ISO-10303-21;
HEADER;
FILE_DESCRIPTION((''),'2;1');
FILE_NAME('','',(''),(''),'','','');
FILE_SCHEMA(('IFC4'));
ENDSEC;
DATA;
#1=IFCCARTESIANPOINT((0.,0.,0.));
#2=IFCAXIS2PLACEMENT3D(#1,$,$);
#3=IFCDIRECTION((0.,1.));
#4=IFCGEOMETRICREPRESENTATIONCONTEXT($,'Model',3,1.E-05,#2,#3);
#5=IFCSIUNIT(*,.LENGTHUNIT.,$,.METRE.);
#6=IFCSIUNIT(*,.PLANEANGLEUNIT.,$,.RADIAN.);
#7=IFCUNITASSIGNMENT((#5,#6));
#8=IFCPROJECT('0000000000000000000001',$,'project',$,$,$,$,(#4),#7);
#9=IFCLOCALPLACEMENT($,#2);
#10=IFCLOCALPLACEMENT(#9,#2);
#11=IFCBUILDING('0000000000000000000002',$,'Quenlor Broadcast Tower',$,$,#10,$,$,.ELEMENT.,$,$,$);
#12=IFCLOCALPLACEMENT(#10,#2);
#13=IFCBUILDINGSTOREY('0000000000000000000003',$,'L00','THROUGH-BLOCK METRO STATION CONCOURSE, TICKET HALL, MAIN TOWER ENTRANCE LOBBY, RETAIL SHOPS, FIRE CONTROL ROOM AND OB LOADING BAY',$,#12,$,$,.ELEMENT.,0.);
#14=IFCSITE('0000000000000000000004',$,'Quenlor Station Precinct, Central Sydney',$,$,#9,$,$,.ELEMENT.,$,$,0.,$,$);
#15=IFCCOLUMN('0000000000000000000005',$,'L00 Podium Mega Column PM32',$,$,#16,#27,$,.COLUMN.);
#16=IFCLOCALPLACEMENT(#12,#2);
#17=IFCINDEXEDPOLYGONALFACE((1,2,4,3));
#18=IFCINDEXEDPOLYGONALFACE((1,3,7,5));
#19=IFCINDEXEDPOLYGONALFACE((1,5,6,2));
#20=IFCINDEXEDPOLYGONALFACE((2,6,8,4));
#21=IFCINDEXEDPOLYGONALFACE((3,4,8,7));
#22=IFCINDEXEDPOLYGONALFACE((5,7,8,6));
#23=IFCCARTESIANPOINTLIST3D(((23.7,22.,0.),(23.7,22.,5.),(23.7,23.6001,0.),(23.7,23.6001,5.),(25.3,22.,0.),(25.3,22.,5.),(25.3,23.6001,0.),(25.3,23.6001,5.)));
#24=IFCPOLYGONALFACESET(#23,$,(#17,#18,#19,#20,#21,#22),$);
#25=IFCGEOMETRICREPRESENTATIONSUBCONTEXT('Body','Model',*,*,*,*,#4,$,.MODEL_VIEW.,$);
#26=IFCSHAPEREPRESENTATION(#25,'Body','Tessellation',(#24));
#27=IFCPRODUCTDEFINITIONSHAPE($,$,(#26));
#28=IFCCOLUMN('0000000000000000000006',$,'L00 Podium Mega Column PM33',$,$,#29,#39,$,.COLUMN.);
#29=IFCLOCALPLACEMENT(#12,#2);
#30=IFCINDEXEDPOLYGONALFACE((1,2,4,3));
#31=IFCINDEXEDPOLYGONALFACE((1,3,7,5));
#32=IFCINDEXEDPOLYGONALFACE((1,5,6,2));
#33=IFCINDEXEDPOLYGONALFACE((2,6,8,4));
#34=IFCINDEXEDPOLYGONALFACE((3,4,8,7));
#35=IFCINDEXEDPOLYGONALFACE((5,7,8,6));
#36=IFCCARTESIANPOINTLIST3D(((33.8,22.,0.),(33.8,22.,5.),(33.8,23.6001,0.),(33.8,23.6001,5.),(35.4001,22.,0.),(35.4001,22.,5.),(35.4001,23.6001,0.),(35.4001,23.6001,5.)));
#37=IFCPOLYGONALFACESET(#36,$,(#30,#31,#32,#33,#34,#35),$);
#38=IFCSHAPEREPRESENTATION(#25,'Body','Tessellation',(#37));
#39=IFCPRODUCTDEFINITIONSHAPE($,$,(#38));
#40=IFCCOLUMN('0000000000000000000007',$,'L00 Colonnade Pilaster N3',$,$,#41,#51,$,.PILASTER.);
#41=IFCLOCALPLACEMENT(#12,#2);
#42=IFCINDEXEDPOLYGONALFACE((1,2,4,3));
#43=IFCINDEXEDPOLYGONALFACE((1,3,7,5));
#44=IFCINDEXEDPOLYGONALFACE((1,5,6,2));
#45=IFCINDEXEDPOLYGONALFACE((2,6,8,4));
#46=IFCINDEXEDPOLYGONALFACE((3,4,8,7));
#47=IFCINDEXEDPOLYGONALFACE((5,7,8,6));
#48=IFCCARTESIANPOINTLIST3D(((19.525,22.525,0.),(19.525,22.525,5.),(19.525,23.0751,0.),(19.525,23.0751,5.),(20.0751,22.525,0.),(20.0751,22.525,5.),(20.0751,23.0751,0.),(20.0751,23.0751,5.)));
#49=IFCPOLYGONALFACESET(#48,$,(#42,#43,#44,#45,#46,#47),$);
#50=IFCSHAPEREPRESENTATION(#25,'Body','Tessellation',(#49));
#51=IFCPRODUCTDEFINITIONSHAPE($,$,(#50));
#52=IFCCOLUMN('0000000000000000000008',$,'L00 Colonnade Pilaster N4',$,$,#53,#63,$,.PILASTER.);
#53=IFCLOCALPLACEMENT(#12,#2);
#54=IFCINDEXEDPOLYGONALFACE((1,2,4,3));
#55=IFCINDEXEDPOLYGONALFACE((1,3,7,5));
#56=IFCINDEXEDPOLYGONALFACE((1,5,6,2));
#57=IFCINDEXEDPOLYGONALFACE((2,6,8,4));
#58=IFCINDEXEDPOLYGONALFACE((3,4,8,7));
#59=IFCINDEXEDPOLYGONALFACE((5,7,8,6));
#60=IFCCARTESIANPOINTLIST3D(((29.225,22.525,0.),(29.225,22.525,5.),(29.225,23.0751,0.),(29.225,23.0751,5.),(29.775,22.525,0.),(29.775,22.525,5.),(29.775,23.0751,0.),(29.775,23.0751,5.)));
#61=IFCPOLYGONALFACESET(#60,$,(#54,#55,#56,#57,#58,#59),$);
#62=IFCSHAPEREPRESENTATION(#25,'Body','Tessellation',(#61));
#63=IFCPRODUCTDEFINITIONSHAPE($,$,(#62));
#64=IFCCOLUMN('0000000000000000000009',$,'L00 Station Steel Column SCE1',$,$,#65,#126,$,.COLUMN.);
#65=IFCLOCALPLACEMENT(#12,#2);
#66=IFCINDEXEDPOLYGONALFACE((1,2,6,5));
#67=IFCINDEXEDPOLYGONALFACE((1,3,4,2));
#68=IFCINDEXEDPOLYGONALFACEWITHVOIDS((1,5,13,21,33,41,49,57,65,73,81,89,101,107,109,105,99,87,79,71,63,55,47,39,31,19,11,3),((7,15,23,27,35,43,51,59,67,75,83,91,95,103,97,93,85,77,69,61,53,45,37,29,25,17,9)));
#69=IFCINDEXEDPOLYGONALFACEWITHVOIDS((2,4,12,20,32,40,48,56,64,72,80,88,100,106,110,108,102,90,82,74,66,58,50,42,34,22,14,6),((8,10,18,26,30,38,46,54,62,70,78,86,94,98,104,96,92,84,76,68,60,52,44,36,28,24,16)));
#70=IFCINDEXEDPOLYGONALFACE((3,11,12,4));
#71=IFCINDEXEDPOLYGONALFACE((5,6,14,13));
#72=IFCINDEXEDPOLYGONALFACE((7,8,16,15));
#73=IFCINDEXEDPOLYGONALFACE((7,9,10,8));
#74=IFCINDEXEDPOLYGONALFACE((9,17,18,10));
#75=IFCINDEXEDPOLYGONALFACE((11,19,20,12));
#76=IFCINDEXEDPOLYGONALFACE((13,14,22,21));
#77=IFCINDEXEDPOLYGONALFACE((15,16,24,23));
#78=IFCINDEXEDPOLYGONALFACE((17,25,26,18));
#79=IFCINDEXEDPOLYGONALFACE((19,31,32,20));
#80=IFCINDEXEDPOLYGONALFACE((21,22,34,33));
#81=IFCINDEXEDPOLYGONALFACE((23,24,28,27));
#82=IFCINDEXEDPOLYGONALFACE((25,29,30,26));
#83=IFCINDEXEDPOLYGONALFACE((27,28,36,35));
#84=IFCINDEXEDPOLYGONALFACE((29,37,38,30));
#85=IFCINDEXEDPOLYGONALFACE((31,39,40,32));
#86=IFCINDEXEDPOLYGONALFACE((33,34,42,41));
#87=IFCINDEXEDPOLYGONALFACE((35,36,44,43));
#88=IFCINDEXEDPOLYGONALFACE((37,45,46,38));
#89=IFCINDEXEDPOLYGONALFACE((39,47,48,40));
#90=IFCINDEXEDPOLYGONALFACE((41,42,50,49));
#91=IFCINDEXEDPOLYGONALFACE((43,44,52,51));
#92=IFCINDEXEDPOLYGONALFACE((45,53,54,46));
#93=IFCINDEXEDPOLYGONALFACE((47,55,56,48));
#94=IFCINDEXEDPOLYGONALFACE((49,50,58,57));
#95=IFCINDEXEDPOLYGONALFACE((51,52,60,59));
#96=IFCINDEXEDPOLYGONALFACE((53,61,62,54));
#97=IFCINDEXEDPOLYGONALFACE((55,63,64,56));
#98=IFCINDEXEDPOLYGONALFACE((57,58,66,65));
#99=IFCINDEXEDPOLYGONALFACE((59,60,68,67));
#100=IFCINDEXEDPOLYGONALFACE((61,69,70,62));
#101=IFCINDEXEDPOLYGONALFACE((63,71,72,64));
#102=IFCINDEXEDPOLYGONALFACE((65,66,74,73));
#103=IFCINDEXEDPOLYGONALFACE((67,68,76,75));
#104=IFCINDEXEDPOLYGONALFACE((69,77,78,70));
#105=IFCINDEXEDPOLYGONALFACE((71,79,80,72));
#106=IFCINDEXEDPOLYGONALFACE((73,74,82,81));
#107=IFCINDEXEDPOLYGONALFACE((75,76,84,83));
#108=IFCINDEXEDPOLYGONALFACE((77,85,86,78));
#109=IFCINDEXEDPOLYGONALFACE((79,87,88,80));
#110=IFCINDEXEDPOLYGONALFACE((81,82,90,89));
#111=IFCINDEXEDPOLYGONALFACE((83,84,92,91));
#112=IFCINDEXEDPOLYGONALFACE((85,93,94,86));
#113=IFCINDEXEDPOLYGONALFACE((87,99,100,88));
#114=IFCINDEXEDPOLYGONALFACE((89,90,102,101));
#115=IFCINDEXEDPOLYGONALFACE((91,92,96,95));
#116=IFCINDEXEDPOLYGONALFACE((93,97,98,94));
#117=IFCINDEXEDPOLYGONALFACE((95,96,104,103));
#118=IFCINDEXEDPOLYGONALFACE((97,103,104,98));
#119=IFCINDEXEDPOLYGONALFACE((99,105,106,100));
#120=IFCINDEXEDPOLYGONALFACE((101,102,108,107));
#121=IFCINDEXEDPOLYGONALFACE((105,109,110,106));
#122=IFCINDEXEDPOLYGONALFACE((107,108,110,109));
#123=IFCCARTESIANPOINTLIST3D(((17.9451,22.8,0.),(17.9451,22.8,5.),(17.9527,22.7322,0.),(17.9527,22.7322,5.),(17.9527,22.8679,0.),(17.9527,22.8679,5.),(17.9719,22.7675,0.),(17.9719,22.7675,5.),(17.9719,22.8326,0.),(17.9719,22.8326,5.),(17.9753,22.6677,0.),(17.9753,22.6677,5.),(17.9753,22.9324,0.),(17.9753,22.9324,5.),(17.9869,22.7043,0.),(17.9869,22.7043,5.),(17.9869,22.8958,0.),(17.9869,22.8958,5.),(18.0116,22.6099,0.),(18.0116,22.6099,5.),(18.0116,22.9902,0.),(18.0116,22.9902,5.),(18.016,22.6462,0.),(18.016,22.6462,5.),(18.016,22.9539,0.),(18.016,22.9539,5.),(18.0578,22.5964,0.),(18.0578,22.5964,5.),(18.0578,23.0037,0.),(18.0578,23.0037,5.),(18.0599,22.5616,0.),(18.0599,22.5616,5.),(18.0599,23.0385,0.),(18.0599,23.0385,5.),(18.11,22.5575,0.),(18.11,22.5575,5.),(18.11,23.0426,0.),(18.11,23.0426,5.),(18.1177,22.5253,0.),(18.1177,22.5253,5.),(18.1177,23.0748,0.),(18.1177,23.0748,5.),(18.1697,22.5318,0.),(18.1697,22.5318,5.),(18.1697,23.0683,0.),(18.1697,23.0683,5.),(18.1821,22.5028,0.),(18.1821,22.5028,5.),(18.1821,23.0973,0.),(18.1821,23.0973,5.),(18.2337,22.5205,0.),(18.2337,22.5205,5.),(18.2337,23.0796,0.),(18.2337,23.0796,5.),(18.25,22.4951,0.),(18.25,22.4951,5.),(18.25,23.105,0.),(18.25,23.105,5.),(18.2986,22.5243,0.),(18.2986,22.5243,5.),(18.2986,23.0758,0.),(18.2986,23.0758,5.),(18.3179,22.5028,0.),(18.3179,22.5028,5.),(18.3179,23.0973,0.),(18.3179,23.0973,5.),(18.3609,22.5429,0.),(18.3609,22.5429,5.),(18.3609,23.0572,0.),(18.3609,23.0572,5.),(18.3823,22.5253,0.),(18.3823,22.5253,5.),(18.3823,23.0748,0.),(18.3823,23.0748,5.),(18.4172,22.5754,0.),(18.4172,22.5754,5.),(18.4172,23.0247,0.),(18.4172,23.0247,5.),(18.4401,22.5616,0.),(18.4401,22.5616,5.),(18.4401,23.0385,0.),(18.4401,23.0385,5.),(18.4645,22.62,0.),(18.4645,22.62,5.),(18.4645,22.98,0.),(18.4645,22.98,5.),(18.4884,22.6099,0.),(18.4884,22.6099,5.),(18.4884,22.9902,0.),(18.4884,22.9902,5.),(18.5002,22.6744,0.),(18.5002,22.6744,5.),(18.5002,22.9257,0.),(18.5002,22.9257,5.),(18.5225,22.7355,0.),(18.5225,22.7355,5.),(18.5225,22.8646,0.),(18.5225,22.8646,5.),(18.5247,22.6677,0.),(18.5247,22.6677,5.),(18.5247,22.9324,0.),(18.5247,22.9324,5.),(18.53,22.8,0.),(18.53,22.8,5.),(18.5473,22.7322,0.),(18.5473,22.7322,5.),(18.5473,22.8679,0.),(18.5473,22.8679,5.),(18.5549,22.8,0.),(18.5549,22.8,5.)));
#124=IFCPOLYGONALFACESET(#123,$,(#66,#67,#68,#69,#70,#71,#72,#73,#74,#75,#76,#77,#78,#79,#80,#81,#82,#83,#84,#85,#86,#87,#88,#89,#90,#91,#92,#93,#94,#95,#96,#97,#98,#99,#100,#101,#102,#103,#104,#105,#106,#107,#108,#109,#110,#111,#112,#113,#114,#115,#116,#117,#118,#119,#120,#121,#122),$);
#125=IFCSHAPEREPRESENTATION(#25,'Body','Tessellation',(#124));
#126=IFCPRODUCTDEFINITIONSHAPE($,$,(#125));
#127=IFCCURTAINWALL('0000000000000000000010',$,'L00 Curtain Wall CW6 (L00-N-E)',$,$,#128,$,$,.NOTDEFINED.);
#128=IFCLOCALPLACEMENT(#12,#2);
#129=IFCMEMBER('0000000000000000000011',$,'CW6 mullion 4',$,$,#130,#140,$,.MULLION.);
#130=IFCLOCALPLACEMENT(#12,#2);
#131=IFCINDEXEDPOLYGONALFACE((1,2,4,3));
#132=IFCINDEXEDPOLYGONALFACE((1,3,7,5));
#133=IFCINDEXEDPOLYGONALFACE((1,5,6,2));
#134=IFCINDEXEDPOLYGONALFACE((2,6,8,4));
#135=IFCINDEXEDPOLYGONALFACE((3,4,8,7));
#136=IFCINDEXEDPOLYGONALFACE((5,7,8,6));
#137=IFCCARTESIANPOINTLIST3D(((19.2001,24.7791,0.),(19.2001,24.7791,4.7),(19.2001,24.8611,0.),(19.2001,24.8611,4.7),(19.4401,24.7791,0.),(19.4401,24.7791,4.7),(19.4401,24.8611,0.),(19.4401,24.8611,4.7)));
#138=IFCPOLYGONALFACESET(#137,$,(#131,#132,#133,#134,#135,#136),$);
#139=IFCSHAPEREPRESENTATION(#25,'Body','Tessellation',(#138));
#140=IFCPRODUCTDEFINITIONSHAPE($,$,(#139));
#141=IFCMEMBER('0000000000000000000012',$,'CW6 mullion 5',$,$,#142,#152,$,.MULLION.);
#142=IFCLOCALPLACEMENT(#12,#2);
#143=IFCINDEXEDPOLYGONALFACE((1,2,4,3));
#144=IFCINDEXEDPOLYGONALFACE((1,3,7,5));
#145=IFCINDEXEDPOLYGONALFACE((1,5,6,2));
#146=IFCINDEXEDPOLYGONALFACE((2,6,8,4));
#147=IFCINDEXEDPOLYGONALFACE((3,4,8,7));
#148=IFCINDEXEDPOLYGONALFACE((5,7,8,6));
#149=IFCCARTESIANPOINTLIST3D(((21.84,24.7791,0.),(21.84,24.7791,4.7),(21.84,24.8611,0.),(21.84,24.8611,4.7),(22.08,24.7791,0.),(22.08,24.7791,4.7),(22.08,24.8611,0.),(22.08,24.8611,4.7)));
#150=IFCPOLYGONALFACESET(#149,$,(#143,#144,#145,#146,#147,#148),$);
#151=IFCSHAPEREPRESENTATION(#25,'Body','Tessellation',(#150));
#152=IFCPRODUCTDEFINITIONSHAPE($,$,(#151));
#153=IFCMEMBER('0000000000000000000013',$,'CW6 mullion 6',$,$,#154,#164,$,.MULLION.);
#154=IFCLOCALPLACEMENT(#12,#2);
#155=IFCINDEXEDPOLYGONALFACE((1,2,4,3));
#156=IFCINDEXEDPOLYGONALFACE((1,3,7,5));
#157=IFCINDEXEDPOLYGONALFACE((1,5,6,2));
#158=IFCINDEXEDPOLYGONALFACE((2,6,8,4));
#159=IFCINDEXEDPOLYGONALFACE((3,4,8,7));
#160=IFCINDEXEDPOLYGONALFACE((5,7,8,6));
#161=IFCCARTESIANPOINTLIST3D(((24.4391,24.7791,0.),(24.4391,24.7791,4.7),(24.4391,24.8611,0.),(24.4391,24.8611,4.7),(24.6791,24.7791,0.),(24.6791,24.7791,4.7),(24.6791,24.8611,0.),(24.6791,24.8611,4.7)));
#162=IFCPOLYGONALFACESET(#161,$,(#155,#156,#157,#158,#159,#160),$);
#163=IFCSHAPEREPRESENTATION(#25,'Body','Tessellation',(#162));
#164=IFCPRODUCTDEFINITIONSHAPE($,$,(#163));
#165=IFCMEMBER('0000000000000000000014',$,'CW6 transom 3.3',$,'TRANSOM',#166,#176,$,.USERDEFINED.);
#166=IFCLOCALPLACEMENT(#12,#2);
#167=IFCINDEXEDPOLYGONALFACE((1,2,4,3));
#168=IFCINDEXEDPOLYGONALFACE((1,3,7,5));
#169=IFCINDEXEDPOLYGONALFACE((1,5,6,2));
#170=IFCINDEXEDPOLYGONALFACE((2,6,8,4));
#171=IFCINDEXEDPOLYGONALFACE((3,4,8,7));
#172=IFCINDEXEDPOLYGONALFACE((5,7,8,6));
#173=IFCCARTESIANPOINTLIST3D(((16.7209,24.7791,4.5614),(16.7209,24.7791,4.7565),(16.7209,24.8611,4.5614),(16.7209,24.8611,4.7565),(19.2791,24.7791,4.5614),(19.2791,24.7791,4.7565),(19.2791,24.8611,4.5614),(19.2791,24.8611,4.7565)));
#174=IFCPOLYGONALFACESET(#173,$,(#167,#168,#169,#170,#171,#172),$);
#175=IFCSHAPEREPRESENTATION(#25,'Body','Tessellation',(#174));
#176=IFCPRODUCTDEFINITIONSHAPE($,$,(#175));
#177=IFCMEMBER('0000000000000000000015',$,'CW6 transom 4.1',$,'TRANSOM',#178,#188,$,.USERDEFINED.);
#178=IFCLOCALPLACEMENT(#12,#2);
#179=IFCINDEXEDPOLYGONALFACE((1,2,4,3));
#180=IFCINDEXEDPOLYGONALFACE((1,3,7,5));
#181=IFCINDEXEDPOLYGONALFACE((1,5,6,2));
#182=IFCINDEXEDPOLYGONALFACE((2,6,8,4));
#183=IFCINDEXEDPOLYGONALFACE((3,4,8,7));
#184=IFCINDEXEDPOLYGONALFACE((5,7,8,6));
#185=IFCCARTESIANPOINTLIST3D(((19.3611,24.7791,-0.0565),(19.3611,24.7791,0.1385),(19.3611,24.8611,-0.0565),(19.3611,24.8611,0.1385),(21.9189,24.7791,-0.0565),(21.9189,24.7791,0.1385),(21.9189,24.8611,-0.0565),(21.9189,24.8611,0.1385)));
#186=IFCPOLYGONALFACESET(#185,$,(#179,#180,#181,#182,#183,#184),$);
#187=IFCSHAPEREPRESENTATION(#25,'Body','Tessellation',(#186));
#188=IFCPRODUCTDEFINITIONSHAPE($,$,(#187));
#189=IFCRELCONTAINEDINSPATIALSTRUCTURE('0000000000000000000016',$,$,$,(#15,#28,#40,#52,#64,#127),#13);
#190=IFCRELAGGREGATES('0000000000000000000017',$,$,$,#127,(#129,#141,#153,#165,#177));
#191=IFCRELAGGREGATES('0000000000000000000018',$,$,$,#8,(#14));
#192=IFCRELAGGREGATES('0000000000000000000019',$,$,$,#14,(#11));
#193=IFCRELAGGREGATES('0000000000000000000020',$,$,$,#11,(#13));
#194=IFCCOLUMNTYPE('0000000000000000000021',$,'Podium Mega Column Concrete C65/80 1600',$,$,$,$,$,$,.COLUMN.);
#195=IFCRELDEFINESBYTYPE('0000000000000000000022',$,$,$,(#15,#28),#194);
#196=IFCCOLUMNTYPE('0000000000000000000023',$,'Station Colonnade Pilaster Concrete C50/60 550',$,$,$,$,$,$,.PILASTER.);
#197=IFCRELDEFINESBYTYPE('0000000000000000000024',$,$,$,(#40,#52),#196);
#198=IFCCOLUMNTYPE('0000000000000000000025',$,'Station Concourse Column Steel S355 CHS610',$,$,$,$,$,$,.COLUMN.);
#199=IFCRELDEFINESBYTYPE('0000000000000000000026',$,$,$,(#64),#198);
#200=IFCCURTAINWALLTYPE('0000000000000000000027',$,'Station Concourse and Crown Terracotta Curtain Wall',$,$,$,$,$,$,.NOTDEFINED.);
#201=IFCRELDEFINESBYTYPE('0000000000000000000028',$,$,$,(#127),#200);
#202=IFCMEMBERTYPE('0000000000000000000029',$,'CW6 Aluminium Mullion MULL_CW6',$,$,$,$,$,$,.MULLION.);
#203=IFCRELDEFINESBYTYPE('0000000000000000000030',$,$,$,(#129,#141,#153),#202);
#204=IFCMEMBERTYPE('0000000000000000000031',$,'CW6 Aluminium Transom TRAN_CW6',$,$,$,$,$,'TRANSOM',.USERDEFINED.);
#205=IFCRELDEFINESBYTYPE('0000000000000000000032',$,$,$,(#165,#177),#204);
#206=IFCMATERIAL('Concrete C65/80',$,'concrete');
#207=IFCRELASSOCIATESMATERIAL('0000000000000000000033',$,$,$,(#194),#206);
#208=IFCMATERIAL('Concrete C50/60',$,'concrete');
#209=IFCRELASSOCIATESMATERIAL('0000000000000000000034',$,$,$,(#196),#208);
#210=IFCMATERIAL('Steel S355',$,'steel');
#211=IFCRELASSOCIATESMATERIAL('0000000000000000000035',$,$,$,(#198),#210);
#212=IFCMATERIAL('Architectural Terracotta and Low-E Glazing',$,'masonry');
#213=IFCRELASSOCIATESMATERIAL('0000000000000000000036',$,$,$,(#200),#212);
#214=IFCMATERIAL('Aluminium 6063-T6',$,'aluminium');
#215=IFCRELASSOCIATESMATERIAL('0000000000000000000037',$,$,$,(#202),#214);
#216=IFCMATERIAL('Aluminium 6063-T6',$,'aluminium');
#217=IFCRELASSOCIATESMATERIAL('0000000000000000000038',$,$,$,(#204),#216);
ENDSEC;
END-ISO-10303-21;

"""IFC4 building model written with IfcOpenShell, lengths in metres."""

from ifc_helpers import new_model, si_unit, direction, frame, origin, origin_2d, place, context, subcontext, project, spatial, rectangle, hollow_circle, extrude, material, material_profile, profile_set, type_object, element, aggregate, save


model = new_model("IFC4")

# Units and contexts
model_context = context("Model", 3, precision=1e-05, world=origin(), true_north=direction((0.0, 1.0)))
body_context = subcontext(model_context, "Body", "Model", "MODEL_VIEW")
ifc_project = project(units=[si_unit("LENGTHUNIT", "METRE"), si_unit("PLANEANGLEUNIT", "RADIAN")], contexts=[model_context])

# Site, building, storey
site_placement = place(None, origin())
site = spatial("IfcSite", under=ifc_project, at=site_placement, Name="Quenlor Station Precinct, Central Sydney", CompositionType="ELEMENT", RefElevation=0.0)
building_placement = place(site_placement, origin())
building = spatial("IfcBuilding", under=site, at=building_placement, Name="Quenlor Broadcast Tower", CompositionType="ELEMENT")
storey_placement = place(building_placement, origin())
storey = spatial("IfcBuildingStorey", under=building, at=storey_placement, Name="L00", Description="THROUGH-BLOCK METRO STATION CONCOURSE, TICKET HALL, MAIN TOWER ENTRANCE LOBBY, RETAIL SHOPS, FIRE CONTROL ROOM AND OB LOADING BAY", CompositionType="ELEMENT", Elevation=0.0)

# Columns
ifc_material_1 = material(Name="Concrete C65/80", Category="concrete")
ifc_material_profile_1 = material_profile(ifc_material_1, rectangle(XDim=1.6001, YDim=1.6001, at=origin_2d()))
ifc_profile_set_1 = profile_set([ifc_material_profile_1], Name="Concrete C65/80 RC1600x1600")
column_type_1 = type_object("IfcColumnType", Name="Podium Mega Column Concrete C65/80 1600", PredefinedType="COLUMN", material=ifc_profile_set_1)
for number, where, z_axis, x_axis, name in (
    (1, (24.5, 22.8, 0.0), (0.0, 0.0, 1.0), (1.0, 0.0, 0.0), "L00 Podium Mega Column PM32"),
    (2, (34.6001, 22.8, 0.0), (0.0, 0.0, 1.0), (1.0, 0.0, 0.0), "L00 Podium Mega Column PM33"),
):
    element("IfcColumn", number, at=place(storey_placement, frame(where, z_axis=z_axis, x_axis=x_axis)), inside=storey, type_object=column_type_1, Name=name, PredefinedType="COLUMN", context=body_context, shape_type="SweptSolid", body=[
        extrude(rectangle(XDim=1.6001, YDim=1.6001, at=origin_2d()), origin(), (0.0, 0.0, 1.0), 5.0),
    ])
ifc_material_2 = material(Name="Concrete C50/60", Category="concrete")
ifc_material_profile_2 = material_profile(ifc_material_2, rectangle(XDim=0.55, YDim=0.55, at=origin_2d()))
ifc_profile_set_2 = profile_set([ifc_material_profile_2], Name="Concrete C50/60 PIL550x550")
column_type_2 = type_object("IfcColumnType", Name="Station Colonnade Pilaster Concrete C50/60 550", PredefinedType="PILASTER", material=ifc_profile_set_2)
for number, where, z_axis, x_axis, name in (
    (3, (19.8, 22.8, 0.0), (0.0, 0.0, 1.0), (1.0, 0.0, 0.0), "L00 Colonnade Pilaster N3"),
    (4, (29.5, 22.8, 0.0), (0.0, 0.0, 1.0), (1.0, 0.0, 0.0), "L00 Colonnade Pilaster N4"),
):
    element("IfcColumn", number, at=place(storey_placement, frame(where, z_axis=z_axis, x_axis=x_axis)), inside=storey, type_object=column_type_2, Name=name, PredefinedType="PILASTER", context=body_context, shape_type="SweptSolid", body=[
        extrude(rectangle(XDim=0.55, YDim=0.55, at=origin_2d()), origin(), (0.0, 0.0, 1.0), 5.0),
    ])
ifc_material_3 = material(Name="Steel S355", Category="steel")
ifc_material_profile_3 = material_profile(ifc_material_3, hollow_circle(Radius=0.3049, WallThickness=0.0249, at=origin_2d()))
ifc_profile_set_3 = profile_set([ifc_material_profile_3], Name="Steel S355 CHS610x25")
column_type_3 = type_object("IfcColumnType", Name="Station Concourse Column Steel S355 CHS610", PredefinedType="COLUMN", material=ifc_profile_set_3)
column_placement = place(storey_placement, frame((18.25, 22.8, 0.0), z_axis=(0.0, 0.0, 1.0), x_axis=(1.0, 0.0, 0.0)))
element("IfcColumn", 5, at=column_placement, inside=storey, type_object=column_type_3, Name="L00 Station Steel Column SCE1", PredefinedType="COLUMN", context=body_context, shape_type="SweptSolid", body=[
    extrude(hollow_circle(Radius=0.3049, WallThickness=0.0249, at=origin_2d()), origin(), (0.0, 0.0, 1.0), 5.0),
])

# Curtain wall, members
ifc_material_4 = material(Name="Architectural Terracotta and Low-E Glazing", Category="masonry")
curtain_wall_type = type_object("IfcCurtainWallType", Name="Station Concourse and Crown Terracotta Curtain Wall", PredefinedType="NOTDEFINED", material=ifc_material_4)
curtain_wall_placement = place(storey_placement, origin())
curtain_wall = element("IfcCurtainWall", 6, at=curtain_wall_placement, inside=storey, type_object=curtain_wall_type, Name="L00 Curtain Wall CW6 (L00-N-E)", PredefinedType="NOTDEFINED")
ifc_material_5 = material(Name="Aluminium 6063-T6", Category="aluminium")
ifc_material_profile_4 = material_profile(ifc_material_5, rectangle(XDim=0.082, YDim=0.24, at=origin_2d()))
ifc_profile_set_4 = profile_set([ifc_material_profile_4], Name="Aluminium 6063-T6 MULL82x240")
member_type_1 = type_object("IfcMemberType", Name="CW6 Aluminium Mullion MULL_CW6", PredefinedType="MULLION", material=ifc_profile_set_4)
member_1_placement = place(storey_placement, frame((19.3201, 24.8201, 0.0), z_axis=(0.0, 0.0, 1.0), x_axis=(0.0, 1.0, 0.0)))
member_1 = element("IfcMember", 7, at=member_1_placement, type_object=member_type_1, Name="CW6 mullion 4", PredefinedType="MULLION", context=body_context, shape_type="SweptSolid", body=[
    extrude(rectangle(XDim=0.082, YDim=0.24, at=origin_2d()), origin(), (0.0, 0.0, 1.0), 4.7),
])
member_2_placement = place(storey_placement, frame((21.96, 24.8201, 0.0), z_axis=(0.0, 0.0, 1.0), x_axis=(0.0, 1.0, 0.0)))
member_2 = element("IfcMember", 8, at=member_2_placement, type_object=member_type_1, Name="CW6 mullion 5", PredefinedType="MULLION", context=body_context, shape_type="SweptSolid", body=[
    extrude(rectangle(XDim=0.082, YDim=0.24, at=origin_2d()), origin(), (0.0, 0.0, 1.0), 4.7),
])
member_3_placement = place(storey_placement, frame((24.5591, 24.8201, 0.0), z_axis=(0.0, 0.0, 1.0), x_axis=(0.0, 1.0, 0.0)))
member_3 = element("IfcMember", 9, at=member_3_placement, type_object=member_type_1, Name="CW6 mullion 6", PredefinedType="MULLION", context=body_context, shape_type="SweptSolid", body=[
    extrude(rectangle(XDim=0.082, YDim=0.24, at=origin_2d()), origin(), (0.0, 0.0, 1.0), 4.7),
])
ifc_material_6 = material(Name="Aluminium 6063-T6", Category="aluminium")
ifc_material_profile_5 = material_profile(ifc_material_6, rectangle(XDim=0.082, YDim=0.1951, at=origin_2d()))
ifc_profile_set_5 = profile_set([ifc_material_profile_5], Name="Aluminium 6063-T6 TRAN82x195")
member_type_2 = type_object("IfcMemberType", Name="CW6 Aluminium Transom TRAN_CW6", ElementType="TRANSOM", PredefinedType="USERDEFINED", material=ifc_profile_set_5)
member_4_placement = place(storey_placement, frame((16.7209, 24.8201, 4.6589), z_axis=(1.0, 0.0, 0.0), x_axis=(0.0, 1.0, 0.0)))
member_4 = element("IfcMember", 10, at=member_4_placement, type_object=member_type_2, Name="CW6 transom 3.3", ObjectType="TRANSOM", PredefinedType="USERDEFINED", context=body_context, shape_type="SweptSolid", body=[
    extrude(rectangle(XDim=0.082, YDim=0.1951, at=origin_2d()), origin(), (0.0, 0.0, 1.0), 2.5581),
])
member_5_placement = place(storey_placement, frame((19.3611, 24.8201, 0.041), z_axis=(1.0, 0.0, 0.0), x_axis=(0.0, 1.0, 0.0)))
member_5 = element("IfcMember", 11, at=member_5_placement, type_object=member_type_2, Name="CW6 transom 4.1", ObjectType="TRANSOM", PredefinedType="USERDEFINED", context=body_context, shape_type="SweptSolid", body=[
    extrude(rectangle(XDim=0.082, YDim=0.1951, at=origin_2d()), origin(), (0.0, 0.0, 1.0), 2.5579),
])

aggregate(curtain_wall, [member_1, member_2, member_3, member_4, member_5])

save(model, "model.ifc")
